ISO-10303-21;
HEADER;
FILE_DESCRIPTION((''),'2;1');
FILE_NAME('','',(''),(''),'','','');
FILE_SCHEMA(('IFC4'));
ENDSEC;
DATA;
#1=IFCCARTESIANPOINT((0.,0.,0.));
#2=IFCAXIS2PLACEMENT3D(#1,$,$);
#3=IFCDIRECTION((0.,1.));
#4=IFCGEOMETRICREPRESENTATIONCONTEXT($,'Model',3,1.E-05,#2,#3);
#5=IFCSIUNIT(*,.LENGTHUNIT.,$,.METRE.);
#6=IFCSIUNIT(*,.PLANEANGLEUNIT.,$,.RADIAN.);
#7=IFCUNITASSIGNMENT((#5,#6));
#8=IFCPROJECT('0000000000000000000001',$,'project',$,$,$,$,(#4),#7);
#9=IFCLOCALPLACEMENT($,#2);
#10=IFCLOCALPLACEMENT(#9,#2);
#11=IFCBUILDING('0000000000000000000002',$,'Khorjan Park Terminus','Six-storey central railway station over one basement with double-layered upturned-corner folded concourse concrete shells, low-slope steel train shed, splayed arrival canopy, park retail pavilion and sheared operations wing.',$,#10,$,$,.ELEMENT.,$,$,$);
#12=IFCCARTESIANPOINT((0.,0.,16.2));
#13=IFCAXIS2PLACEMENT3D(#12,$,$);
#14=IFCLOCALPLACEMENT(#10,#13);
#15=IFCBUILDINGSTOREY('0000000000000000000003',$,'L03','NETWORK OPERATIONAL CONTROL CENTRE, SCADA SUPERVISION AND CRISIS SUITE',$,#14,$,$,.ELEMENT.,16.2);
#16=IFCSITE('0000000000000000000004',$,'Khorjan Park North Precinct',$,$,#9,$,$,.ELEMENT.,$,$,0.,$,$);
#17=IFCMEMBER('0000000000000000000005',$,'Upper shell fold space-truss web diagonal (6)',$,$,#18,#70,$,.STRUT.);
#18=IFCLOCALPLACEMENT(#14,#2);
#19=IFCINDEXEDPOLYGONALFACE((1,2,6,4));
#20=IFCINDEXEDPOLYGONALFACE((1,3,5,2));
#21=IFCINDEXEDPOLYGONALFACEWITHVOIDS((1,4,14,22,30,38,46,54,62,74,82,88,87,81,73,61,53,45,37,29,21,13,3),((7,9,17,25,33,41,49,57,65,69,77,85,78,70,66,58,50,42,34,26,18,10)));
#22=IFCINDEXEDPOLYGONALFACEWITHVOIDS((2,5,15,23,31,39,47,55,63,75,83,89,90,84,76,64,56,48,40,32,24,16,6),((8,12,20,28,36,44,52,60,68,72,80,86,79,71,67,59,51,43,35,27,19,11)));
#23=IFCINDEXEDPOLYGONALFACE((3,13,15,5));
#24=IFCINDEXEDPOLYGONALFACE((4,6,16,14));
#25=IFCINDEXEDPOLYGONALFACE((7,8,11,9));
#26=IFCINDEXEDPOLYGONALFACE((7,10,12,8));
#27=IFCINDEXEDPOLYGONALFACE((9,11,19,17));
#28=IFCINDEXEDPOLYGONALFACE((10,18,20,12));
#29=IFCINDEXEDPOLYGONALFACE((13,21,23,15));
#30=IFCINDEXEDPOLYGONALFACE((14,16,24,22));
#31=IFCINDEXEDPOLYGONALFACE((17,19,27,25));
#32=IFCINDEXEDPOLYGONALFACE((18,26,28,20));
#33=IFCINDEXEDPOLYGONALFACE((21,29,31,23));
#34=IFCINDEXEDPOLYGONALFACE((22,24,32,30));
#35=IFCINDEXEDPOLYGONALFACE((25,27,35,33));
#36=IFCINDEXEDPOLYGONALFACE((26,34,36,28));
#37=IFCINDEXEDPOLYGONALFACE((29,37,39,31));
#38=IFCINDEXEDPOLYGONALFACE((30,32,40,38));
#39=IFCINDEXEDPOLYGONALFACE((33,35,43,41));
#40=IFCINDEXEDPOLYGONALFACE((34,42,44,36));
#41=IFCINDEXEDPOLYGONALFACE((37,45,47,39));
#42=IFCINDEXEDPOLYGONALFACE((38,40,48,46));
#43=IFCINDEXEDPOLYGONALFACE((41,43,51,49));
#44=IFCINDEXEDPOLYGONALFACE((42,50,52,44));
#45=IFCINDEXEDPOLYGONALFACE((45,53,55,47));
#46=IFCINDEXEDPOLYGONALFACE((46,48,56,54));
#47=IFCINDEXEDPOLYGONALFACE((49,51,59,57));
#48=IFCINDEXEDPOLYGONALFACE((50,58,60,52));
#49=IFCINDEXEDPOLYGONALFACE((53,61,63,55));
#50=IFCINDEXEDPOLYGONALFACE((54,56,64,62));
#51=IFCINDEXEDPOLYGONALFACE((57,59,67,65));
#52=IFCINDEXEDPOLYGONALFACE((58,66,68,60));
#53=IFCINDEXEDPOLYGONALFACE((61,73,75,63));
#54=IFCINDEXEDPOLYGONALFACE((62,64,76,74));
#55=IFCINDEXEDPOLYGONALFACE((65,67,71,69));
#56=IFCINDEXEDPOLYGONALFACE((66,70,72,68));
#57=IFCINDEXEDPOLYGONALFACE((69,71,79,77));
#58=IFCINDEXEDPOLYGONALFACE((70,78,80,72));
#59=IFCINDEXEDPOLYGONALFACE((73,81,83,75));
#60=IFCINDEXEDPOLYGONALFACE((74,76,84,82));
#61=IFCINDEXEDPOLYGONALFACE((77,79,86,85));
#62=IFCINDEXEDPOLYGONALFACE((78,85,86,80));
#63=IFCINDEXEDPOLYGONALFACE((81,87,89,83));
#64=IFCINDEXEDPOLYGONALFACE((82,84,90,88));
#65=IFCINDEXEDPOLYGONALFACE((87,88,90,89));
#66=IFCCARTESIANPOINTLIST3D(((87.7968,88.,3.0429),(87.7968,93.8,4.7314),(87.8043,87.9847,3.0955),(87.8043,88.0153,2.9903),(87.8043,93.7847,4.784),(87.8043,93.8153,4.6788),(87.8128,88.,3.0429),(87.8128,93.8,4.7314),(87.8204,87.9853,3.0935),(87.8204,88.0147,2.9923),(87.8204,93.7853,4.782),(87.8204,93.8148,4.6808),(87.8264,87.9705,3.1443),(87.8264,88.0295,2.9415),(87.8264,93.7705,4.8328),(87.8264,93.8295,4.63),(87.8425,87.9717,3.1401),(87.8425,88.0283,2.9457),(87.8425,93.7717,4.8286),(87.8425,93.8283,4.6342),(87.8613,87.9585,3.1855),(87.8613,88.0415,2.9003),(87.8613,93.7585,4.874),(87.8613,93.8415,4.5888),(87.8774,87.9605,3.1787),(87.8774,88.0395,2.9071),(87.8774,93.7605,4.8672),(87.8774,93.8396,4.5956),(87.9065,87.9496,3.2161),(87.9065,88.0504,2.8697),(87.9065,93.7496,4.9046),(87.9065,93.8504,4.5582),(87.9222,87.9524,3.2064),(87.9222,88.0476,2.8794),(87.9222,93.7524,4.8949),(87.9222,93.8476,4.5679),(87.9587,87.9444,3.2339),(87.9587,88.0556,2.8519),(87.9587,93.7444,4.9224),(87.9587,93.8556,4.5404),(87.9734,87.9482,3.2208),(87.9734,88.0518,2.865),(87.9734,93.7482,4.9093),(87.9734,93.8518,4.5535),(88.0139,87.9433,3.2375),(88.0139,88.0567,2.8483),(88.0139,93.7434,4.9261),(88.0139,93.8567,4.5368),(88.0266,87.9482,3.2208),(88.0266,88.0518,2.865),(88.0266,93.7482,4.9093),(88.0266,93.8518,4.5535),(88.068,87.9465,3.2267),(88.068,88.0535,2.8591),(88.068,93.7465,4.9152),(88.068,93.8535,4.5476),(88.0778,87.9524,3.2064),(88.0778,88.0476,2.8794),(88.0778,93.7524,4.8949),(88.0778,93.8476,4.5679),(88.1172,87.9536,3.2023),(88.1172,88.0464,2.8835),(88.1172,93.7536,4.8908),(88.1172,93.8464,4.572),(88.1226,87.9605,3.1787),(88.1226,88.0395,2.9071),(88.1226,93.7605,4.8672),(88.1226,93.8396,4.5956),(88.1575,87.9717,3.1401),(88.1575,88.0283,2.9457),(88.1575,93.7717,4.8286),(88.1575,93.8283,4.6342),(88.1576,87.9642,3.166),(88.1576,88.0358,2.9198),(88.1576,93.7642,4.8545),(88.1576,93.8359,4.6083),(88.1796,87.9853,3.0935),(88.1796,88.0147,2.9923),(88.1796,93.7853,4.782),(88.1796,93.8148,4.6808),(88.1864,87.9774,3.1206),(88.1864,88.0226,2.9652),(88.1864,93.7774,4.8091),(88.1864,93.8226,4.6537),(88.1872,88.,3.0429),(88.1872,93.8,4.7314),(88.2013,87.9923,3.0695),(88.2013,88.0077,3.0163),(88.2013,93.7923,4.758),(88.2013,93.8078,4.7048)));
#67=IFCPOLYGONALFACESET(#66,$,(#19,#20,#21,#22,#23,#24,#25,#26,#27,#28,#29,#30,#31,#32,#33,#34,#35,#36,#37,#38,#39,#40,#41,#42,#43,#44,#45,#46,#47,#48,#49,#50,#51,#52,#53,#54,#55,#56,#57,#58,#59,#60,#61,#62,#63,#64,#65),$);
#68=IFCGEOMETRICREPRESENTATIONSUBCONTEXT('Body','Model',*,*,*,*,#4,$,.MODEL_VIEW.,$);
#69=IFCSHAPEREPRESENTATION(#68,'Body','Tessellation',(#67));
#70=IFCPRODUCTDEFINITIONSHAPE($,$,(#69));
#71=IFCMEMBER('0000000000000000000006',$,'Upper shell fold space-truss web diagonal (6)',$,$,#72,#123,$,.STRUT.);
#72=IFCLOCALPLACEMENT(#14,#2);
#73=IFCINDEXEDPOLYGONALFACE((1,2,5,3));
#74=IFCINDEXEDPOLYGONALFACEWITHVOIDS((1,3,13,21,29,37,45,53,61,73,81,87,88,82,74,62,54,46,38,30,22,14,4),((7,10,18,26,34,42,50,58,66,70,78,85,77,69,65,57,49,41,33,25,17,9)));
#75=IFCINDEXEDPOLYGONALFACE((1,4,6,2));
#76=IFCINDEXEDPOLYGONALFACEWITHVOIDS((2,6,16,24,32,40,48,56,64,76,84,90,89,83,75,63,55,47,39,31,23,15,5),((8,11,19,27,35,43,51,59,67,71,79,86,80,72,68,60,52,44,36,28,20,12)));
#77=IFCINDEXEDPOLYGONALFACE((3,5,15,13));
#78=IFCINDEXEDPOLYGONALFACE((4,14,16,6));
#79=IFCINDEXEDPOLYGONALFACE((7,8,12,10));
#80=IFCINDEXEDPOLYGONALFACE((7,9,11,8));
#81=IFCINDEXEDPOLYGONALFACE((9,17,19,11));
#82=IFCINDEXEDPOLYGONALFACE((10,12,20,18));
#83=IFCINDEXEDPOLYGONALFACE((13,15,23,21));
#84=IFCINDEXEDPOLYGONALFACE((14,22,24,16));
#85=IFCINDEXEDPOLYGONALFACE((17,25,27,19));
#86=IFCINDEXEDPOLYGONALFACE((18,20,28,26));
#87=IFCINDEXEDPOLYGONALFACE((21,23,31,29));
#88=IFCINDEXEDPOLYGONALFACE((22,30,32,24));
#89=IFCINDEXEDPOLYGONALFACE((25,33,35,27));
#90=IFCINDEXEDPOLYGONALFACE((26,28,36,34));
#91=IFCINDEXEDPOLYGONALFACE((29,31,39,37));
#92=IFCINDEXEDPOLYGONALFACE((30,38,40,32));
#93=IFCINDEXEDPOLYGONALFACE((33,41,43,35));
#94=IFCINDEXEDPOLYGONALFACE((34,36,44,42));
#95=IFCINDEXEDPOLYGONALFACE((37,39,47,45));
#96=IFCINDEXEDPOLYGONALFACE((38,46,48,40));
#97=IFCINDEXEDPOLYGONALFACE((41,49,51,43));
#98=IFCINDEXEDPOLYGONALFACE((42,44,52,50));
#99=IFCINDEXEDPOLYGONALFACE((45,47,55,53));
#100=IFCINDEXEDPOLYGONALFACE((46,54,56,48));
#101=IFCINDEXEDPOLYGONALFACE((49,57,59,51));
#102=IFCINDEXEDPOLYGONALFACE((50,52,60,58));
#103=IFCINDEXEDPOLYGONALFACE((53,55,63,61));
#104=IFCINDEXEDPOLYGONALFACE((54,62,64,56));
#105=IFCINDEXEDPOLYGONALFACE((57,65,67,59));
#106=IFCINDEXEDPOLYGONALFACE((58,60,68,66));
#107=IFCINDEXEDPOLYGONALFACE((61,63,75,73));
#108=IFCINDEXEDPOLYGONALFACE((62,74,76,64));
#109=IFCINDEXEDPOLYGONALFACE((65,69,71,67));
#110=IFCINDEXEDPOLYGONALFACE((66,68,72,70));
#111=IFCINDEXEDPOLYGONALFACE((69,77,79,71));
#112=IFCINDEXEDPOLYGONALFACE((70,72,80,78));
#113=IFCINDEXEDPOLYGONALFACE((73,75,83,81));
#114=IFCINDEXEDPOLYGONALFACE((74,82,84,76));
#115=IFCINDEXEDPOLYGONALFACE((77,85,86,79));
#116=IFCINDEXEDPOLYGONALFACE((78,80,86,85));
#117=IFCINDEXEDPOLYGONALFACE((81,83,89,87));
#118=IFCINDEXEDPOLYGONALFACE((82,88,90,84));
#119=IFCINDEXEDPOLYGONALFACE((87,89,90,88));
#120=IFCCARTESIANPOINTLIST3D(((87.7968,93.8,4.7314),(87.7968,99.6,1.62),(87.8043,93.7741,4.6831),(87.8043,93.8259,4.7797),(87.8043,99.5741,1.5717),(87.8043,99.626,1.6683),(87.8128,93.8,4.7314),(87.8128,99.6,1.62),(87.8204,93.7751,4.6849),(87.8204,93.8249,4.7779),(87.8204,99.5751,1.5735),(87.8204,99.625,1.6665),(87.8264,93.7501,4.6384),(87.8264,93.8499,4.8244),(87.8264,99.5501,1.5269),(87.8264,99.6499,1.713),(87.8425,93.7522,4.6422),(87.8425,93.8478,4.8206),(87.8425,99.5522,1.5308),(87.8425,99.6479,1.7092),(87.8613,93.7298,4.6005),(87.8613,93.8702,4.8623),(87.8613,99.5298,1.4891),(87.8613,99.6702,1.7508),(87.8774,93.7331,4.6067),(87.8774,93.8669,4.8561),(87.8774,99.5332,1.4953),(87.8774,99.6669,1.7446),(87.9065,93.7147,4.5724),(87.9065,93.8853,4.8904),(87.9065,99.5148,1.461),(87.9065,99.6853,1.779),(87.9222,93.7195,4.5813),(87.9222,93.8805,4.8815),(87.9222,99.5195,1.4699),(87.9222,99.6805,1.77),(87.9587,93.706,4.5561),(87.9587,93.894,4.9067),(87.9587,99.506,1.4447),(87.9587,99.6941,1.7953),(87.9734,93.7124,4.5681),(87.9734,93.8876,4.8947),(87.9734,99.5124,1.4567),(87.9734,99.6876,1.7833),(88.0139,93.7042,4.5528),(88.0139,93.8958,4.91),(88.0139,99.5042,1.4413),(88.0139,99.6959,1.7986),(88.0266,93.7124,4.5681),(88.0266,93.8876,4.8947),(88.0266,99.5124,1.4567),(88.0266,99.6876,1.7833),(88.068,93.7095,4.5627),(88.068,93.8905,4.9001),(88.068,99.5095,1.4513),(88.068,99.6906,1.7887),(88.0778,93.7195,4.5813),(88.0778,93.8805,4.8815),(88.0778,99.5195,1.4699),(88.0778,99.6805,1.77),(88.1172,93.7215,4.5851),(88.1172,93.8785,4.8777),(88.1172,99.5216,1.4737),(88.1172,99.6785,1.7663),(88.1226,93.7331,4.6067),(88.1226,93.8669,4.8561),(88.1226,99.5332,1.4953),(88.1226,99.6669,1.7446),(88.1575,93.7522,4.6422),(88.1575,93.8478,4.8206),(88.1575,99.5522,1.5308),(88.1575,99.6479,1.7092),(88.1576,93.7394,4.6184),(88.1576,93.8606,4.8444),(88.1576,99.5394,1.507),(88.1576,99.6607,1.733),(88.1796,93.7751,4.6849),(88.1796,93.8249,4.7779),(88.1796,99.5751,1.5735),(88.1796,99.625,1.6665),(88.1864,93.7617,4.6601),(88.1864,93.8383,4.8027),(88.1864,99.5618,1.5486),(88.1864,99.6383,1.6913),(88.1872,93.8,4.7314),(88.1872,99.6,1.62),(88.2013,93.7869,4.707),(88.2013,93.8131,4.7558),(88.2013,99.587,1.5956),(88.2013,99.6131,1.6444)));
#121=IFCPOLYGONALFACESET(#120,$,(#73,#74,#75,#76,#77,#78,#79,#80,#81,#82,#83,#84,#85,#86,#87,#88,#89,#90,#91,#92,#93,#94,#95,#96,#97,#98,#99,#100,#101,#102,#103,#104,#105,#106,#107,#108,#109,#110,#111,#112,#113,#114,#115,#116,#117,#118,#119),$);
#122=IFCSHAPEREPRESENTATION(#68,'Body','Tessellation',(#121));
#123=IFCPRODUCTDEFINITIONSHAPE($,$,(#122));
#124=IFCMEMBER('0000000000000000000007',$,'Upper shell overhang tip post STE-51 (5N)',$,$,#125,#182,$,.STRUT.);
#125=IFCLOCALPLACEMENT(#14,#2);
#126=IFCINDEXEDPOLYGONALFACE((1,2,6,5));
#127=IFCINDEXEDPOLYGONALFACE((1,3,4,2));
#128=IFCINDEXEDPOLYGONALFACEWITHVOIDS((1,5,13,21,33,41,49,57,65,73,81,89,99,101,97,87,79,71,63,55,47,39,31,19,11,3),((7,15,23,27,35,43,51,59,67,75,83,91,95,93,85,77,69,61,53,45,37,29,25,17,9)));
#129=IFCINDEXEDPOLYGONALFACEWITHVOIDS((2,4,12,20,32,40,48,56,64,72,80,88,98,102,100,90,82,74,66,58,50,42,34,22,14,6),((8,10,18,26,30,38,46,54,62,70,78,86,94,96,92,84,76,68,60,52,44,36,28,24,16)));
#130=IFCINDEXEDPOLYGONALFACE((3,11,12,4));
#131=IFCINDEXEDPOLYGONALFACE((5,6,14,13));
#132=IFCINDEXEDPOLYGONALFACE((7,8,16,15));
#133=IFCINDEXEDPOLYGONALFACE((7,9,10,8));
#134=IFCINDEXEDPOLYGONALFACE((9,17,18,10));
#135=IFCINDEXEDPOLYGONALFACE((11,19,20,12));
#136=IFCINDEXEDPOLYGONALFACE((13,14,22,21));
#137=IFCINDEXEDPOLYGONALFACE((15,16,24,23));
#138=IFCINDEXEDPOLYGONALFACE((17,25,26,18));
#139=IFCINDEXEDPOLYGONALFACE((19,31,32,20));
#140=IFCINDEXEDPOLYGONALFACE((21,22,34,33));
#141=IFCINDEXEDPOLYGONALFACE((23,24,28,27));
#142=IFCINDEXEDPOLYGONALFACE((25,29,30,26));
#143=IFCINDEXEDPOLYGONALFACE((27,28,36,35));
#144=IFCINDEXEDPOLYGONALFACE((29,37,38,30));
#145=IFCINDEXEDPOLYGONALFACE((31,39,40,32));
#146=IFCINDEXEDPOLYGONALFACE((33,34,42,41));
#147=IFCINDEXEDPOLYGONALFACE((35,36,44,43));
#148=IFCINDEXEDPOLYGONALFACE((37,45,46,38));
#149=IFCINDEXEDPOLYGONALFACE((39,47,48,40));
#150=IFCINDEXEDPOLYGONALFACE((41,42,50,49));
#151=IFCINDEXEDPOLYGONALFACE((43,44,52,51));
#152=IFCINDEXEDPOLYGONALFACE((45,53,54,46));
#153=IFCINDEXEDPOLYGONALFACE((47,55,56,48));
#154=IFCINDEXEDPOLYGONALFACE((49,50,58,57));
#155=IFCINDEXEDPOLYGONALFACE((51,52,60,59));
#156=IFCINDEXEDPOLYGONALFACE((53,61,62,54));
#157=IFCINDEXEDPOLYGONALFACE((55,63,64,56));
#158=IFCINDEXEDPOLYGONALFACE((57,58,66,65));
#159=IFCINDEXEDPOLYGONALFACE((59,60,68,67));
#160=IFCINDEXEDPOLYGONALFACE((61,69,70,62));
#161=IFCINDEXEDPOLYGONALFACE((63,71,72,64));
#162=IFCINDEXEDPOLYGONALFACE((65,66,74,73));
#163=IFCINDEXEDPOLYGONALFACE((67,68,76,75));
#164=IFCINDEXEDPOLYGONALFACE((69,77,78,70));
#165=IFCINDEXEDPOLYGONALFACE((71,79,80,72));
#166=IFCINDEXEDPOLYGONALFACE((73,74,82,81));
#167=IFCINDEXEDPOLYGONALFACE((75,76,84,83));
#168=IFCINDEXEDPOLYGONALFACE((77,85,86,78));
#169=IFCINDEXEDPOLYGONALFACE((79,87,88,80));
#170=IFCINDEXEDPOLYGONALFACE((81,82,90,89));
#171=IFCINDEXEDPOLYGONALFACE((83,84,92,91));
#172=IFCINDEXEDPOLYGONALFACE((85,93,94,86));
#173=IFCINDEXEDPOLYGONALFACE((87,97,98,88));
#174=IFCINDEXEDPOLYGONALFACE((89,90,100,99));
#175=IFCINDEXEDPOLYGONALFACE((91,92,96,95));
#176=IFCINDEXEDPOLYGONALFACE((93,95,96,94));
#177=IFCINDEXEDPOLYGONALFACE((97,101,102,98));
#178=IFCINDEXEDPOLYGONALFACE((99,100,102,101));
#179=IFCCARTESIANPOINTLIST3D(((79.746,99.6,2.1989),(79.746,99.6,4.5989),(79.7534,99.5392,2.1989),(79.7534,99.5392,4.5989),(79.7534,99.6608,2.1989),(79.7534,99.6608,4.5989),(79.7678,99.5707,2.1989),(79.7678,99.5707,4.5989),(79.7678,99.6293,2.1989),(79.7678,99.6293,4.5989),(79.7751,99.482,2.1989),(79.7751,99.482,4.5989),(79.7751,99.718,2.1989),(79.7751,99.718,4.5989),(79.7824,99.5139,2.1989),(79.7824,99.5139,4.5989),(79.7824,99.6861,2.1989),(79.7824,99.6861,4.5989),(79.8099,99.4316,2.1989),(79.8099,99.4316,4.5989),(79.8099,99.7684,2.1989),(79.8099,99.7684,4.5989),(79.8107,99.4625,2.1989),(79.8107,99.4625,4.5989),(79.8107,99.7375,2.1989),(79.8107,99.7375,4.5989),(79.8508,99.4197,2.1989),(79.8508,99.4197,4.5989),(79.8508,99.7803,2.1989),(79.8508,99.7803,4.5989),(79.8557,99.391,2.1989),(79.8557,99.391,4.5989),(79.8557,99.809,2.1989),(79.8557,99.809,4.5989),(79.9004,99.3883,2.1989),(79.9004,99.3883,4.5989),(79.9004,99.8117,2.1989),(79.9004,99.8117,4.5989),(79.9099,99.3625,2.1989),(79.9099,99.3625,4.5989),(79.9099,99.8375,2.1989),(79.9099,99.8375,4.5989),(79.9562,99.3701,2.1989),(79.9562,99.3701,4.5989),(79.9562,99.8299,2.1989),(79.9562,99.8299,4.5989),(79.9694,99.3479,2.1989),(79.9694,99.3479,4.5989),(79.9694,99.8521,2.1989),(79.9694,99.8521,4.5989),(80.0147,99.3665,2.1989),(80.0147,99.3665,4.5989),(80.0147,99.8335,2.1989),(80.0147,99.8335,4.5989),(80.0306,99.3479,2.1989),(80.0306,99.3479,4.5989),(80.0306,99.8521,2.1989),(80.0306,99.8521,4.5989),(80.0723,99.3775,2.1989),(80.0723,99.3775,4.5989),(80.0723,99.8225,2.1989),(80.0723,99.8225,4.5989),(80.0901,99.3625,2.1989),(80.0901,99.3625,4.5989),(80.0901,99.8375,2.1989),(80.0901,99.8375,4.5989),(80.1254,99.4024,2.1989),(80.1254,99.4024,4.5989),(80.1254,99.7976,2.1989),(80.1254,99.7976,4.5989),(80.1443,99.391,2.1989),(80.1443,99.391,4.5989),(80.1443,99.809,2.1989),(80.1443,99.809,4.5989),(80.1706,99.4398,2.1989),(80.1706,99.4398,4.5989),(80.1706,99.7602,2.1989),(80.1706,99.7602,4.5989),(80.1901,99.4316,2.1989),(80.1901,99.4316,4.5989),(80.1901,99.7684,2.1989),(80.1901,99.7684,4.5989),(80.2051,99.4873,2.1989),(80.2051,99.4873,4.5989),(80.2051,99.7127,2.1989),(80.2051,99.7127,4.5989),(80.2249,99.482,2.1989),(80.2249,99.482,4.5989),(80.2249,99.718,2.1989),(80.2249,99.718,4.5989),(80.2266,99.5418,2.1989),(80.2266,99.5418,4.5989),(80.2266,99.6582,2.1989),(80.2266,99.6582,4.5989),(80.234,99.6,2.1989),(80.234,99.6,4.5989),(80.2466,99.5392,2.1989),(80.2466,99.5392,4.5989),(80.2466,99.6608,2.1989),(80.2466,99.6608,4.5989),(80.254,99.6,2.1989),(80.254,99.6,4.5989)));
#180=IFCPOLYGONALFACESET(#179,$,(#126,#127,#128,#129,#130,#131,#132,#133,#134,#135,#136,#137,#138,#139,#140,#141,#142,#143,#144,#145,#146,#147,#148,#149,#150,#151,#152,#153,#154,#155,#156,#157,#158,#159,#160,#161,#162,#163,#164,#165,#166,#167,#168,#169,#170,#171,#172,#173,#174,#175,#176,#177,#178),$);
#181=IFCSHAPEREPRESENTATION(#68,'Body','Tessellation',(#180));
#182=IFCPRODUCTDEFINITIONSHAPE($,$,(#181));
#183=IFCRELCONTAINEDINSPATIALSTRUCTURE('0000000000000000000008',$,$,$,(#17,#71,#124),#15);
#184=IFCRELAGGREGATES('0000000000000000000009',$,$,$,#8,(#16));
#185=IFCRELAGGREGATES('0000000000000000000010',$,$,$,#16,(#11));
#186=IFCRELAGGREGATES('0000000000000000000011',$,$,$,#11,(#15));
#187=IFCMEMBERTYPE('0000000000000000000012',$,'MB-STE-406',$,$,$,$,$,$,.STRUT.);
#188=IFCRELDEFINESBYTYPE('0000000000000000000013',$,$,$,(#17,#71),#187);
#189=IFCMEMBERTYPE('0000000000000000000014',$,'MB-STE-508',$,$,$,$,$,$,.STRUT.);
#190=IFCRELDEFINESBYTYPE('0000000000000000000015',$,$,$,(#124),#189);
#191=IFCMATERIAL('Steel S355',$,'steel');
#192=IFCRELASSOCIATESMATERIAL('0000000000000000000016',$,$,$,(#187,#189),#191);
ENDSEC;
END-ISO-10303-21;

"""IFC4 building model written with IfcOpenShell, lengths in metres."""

from ifc_helpers import new_model, si_unit, direction, frame, origin, origin_2d, place, context, subcontext, project, spatial, hollow_circle, extrude, material, material_profile, profile_set, type_object, element, save


model = new_model("IFC4")

# Units and contexts
model_context = context("Model", 3, precision=1e-05, world=origin(), true_north=direction((0.0, 1.0)))
body_context = subcontext(model_context, "Body", "Model", "MODEL_VIEW")
ifc_project = project(units=[si_unit("LENGTHUNIT", "METRE"), si_unit("PLANEANGLEUNIT", "RADIAN")], contexts=[model_context])

# Site, building, storey
site_placement = place(None, origin())
site = spatial("IfcSite", under=ifc_project, at=site_placement, Name="Khorjan Park North Precinct", CompositionType="ELEMENT", RefElevation=0.0)
building_placement = place(site_placement, origin())
building = spatial("IfcBuilding", under=site, at=building_placement, Name="Khorjan Park Terminus", Description="Six-storey central railway station over one basement with double-layered upturned-corner folded concourse concrete shells, low-slope steel train shed, splayed arrival canopy, park retail pavilion and sheared operations wing.", CompositionType="ELEMENT")
storey_placement = place(building_placement, frame((0.0, 0.0, 16.2)))
storey = spatial("IfcBuildingStorey", under=building, at=storey_placement, Name="L03", Description="NETWORK OPERATIONAL CONTROL CENTRE, SCADA SUPERVISION AND CRISIS SUITE", CompositionType="ELEMENT", Elevation=16.2)

# Members
ifc_material_1 = material(Name="Steel S355", Category="steel")
ifc_material_profile_1 = material_profile(ifc_material_1, hollow_circle(Radius=0.2032, WallThickness=0.016, at=origin_2d()), Name="CHS 406.4x16")
ifc_profile_set_1 = profile_set([ifc_material_profile_1], Name="Steel S355")
member_type_1 = type_object("IfcMemberType", Name="MB-STE-406", PredefinedType="STRUT", material=ifc_profile_set_1)
member_1_placement = place(storey_placement, frame((88.0, 88.0, 3.0429), z_axis=(0.0, 0.960141, 0.279517), x_axis=(-1.0, 0.0, 0.0)))
element("IfcMember", 1, at=member_1_placement, inside=storey, type_object=member_type_1, Name="Upper shell fold space-truss web diagonal (6)", PredefinedType="STRUT", context=body_context, shape_type="SweptSolid", body=[
    extrude(hollow_circle(Radius=0.2032, WallThickness=0.016, at=origin_2d()), origin(), (0.0, 0.0, 1.0), 6.0408),
])
member_2_placement = place(storey_placement, frame((88.0, 93.8, 4.7314), z_axis=(0.0, 0.881211, -0.472724), x_axis=(-1.0, 0.0, 0.0)))
element("IfcMember", 2, at=member_2_placement, inside=storey, type_object=member_type_1, Name="Upper shell fold space-truss web diagonal (6)", PredefinedType="STRUT", context=body_context, shape_type="SweptSolid", body=[
    extrude(hollow_circle(Radius=0.2032, WallThickness=0.016, at=origin_2d()), origin(), (0.0, 0.0, 1.0), 6.5819),
])
ifc_material_profile_2 = material_profile(ifc_material_1, hollow_circle(Radius=0.254, WallThickness=0.02, at=origin_2d()), Name="CHS 508x20")
ifc_profile_set_2 = profile_set([ifc_material_profile_2], Name="Steel S355")
member_type_2 = type_object("IfcMemberType", Name="MB-STE-508", PredefinedType="STRUT", material=ifc_profile_set_2)
for number, where, z_axis, x_axis, name in (
    (3, (80.0, 99.6, 2.1989), (0.0, 0.0, 1.0), (1.0, 0.0, 0.0), "Upper shell overhang tip post STE-51 (5N)"),
):
    element("IfcMember", number, at=place(storey_placement, frame(where, z_axis=z_axis, x_axis=x_axis)), inside=storey, type_object=member_type_2, Name=name, PredefinedType="STRUT", context=body_context, shape_type="SweptSolid", body=[
        extrude(hollow_circle(Radius=0.254, WallThickness=0.02, at=origin_2d()), origin(), (0.0, 0.0, 1.0), 2.4),
    ])

save(model, "model.ifc")
